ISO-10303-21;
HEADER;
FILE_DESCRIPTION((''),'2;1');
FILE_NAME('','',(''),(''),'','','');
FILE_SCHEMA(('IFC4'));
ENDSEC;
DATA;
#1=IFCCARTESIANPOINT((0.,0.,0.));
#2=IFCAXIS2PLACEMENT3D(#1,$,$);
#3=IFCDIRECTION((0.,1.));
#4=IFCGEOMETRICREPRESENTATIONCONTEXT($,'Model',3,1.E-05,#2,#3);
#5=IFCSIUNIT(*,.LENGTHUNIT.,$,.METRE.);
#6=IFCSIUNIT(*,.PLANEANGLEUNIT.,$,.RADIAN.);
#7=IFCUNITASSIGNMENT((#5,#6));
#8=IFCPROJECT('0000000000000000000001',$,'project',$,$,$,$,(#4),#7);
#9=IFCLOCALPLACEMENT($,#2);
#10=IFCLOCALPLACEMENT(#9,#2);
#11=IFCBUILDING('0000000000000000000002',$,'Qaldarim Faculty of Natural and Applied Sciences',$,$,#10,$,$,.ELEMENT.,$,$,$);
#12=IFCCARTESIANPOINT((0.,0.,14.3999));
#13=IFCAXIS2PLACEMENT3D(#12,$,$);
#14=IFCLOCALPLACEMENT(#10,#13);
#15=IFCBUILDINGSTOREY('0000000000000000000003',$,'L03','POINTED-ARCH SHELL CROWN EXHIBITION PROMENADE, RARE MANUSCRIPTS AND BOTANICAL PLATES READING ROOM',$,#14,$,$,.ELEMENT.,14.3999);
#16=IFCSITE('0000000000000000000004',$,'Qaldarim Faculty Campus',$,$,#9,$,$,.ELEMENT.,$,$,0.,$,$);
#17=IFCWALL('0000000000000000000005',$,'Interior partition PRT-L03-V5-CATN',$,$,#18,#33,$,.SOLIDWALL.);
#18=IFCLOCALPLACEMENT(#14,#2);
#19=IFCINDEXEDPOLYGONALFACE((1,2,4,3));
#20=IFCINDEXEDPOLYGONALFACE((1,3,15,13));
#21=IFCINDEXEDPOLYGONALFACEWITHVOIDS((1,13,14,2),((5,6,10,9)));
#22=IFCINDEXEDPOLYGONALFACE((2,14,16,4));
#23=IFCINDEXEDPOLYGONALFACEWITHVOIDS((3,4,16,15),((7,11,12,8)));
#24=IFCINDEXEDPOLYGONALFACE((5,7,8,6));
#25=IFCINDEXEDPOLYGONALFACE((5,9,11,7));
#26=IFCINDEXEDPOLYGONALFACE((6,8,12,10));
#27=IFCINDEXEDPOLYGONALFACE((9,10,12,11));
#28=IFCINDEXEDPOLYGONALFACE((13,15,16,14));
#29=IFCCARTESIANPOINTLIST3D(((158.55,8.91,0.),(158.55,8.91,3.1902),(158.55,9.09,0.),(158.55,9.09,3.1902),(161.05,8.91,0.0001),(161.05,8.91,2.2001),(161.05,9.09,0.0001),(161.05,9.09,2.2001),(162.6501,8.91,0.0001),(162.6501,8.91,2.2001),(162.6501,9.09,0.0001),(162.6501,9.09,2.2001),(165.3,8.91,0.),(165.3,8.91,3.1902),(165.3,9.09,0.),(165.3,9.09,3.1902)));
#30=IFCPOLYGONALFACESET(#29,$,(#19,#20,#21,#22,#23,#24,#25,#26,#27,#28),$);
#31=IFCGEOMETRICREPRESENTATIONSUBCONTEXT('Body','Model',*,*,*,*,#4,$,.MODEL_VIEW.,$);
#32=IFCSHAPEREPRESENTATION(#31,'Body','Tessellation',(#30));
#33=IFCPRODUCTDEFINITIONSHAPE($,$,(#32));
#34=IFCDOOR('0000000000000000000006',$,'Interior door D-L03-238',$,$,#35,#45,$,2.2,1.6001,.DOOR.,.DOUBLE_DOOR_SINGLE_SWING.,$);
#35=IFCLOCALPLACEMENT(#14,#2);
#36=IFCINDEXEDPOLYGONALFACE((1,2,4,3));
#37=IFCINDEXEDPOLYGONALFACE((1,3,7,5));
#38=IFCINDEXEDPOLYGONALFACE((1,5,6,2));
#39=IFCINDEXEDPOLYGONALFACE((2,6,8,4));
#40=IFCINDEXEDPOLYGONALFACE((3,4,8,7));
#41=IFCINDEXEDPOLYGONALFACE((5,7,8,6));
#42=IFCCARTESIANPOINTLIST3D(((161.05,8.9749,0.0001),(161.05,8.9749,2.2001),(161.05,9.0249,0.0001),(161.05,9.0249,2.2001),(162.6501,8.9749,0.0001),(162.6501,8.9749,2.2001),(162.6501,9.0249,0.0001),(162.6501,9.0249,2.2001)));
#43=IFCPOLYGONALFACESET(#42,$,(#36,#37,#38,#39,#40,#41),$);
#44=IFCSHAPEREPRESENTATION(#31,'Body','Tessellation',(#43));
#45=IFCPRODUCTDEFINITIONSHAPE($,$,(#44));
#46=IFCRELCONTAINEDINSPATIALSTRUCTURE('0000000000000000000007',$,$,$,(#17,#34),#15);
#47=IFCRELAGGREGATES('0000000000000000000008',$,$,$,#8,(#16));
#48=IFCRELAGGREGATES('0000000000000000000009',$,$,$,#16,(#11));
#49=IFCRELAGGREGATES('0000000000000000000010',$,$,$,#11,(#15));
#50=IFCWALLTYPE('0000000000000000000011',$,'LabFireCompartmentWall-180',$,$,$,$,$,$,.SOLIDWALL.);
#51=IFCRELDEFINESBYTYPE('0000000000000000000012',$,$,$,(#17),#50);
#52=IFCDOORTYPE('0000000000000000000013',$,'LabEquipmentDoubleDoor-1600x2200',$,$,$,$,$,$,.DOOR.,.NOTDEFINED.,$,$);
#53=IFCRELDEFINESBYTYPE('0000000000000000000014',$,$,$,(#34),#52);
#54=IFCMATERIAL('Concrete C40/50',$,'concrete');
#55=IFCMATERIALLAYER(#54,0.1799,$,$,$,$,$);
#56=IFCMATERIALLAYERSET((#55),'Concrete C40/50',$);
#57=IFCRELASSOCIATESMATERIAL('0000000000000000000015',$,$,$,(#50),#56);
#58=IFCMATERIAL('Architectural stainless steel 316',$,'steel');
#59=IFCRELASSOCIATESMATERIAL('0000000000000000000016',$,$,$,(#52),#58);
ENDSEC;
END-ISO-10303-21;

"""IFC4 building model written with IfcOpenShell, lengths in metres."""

from ifc_helpers import new_model, si_unit, direction, frame, frame_2d, origin, place, context, subcontext, project, spatial, rectangle, extrude, material, layer, layer_set, type_object, element, fill, save


model = new_model("IFC4")

# Units and contexts
model_context = context("Model", 3, precision=1e-05, world=origin(), true_north=direction((0.0, 1.0)))
body_context = subcontext(model_context, "Body", "Model", "MODEL_VIEW")
ifc_project = project(units=[si_unit("LENGTHUNIT", "METRE"), si_unit("PLANEANGLEUNIT", "RADIAN")], contexts=[model_context])

# Site, building, storey
site_placement = place(None, origin())
site = spatial("IfcSite", under=ifc_project, at=site_placement, Name="Qaldarim Faculty Campus", CompositionType="ELEMENT", RefElevation=0.0)
building_placement = place(site_placement, origin())
building = spatial("IfcBuilding", under=site, at=building_placement, Name="Qaldarim Faculty of Natural and Applied Sciences", CompositionType="ELEMENT")
storey_placement = place(building_placement, frame((0.0, 0.0, 14.3999)))
storey = spatial("IfcBuildingStorey", under=building, at=storey_placement, Name="L03", Description="POINTED-ARCH SHELL CROWN EXHIBITION PROMENADE, RARE MANUSCRIPTS AND BOTANICAL PLATES READING ROOM", CompositionType="ELEMENT", Elevation=14.3999)

# Shared definitions
ifc_material_1 = material(Name="Concrete C40/50", Category="concrete")

# Wall, opening, door
ifc_layer_1 = layer(ifc_material_1, 0.1799)
ifc_layer_set_1 = layer_set([ifc_layer_1], Name="Concrete C40/50")
wall_type_1 = type_object("IfcWallType", Name="LabFireCompartmentWall-180", PredefinedType="SOLIDWALL", material=ifc_layer_set_1)
wall_1_placement = place(storey_placement, frame((158.55, 9.0, 0.0), z_axis=(0.0, 0.0, 1.0), x_axis=(1.0, 0.0, 0.0)))
wall_1 = element("IfcWall", 1, at=wall_1_placement, inside=storey, type_object=wall_type_1, Name="Interior partition PRT-L03-V5-CATN", PredefinedType="SOLIDWALL", context=body_context, shape_type="SweptSolid", body=[
    extrude(rectangle(XDim=6.75, YDim=0.1799, at=frame_2d((3.375, 0.0))), origin(), (0.0, 0.0, 1.0), 3.1902),
])
opening_1_placement = place(wall_1_placement, frame((2.5, 0.0, 0.0)))
opening_1 = element("IfcOpeningElement", 2, at=opening_1_placement, cuts=wall_1, PredefinedType="OPENING", context=body_context, shape_type="SweptSolid", body=[
    extrude(rectangle(XDim=1.6001, YDim=2.2, at=frame_2d((0.8, 1.1001))), frame((0.0, 0.0999, 0.0), z_axis=(0.0, -1.0, 0.0), x_axis=(1.0, 0.0, 0.0)), (0.0, 0.0, 1.0), 0.2),
])
ifc_material_2 = material(Name="Architectural stainless steel 316", Category="steel")
door_type_1 = type_object("IfcDoorType", Name="LabEquipmentDoubleDoor-1600x2200", OperationType="NOTDEFINED", PredefinedType="DOOR", material=ifc_material_2)
door_1_placement = place(opening_1_placement, origin())
door_1 = element("IfcDoor", 3, at=door_1_placement, inside=storey, type_object=door_type_1, Name="Interior door D-L03-238", OperationType="DOUBLE_DOOR_SINGLE_SWING", OverallHeight=2.2, OverallWidth=1.6001, PredefinedType="DOOR", context=body_context, shape_type="SweptSolid", body=[
    extrude(rectangle(XDim=1.6001, YDim=2.2, at=frame_2d((0.8, 1.1001))), frame((0.0, 0.0249, 0.0), z_axis=(0.0, -1.0, 0.0), x_axis=(1.0, 0.0, 0.0)), (0.0, 0.0, 1.0), 0.05),
])
fill(opening_1, door_1)

save(model, "model.ifc")
